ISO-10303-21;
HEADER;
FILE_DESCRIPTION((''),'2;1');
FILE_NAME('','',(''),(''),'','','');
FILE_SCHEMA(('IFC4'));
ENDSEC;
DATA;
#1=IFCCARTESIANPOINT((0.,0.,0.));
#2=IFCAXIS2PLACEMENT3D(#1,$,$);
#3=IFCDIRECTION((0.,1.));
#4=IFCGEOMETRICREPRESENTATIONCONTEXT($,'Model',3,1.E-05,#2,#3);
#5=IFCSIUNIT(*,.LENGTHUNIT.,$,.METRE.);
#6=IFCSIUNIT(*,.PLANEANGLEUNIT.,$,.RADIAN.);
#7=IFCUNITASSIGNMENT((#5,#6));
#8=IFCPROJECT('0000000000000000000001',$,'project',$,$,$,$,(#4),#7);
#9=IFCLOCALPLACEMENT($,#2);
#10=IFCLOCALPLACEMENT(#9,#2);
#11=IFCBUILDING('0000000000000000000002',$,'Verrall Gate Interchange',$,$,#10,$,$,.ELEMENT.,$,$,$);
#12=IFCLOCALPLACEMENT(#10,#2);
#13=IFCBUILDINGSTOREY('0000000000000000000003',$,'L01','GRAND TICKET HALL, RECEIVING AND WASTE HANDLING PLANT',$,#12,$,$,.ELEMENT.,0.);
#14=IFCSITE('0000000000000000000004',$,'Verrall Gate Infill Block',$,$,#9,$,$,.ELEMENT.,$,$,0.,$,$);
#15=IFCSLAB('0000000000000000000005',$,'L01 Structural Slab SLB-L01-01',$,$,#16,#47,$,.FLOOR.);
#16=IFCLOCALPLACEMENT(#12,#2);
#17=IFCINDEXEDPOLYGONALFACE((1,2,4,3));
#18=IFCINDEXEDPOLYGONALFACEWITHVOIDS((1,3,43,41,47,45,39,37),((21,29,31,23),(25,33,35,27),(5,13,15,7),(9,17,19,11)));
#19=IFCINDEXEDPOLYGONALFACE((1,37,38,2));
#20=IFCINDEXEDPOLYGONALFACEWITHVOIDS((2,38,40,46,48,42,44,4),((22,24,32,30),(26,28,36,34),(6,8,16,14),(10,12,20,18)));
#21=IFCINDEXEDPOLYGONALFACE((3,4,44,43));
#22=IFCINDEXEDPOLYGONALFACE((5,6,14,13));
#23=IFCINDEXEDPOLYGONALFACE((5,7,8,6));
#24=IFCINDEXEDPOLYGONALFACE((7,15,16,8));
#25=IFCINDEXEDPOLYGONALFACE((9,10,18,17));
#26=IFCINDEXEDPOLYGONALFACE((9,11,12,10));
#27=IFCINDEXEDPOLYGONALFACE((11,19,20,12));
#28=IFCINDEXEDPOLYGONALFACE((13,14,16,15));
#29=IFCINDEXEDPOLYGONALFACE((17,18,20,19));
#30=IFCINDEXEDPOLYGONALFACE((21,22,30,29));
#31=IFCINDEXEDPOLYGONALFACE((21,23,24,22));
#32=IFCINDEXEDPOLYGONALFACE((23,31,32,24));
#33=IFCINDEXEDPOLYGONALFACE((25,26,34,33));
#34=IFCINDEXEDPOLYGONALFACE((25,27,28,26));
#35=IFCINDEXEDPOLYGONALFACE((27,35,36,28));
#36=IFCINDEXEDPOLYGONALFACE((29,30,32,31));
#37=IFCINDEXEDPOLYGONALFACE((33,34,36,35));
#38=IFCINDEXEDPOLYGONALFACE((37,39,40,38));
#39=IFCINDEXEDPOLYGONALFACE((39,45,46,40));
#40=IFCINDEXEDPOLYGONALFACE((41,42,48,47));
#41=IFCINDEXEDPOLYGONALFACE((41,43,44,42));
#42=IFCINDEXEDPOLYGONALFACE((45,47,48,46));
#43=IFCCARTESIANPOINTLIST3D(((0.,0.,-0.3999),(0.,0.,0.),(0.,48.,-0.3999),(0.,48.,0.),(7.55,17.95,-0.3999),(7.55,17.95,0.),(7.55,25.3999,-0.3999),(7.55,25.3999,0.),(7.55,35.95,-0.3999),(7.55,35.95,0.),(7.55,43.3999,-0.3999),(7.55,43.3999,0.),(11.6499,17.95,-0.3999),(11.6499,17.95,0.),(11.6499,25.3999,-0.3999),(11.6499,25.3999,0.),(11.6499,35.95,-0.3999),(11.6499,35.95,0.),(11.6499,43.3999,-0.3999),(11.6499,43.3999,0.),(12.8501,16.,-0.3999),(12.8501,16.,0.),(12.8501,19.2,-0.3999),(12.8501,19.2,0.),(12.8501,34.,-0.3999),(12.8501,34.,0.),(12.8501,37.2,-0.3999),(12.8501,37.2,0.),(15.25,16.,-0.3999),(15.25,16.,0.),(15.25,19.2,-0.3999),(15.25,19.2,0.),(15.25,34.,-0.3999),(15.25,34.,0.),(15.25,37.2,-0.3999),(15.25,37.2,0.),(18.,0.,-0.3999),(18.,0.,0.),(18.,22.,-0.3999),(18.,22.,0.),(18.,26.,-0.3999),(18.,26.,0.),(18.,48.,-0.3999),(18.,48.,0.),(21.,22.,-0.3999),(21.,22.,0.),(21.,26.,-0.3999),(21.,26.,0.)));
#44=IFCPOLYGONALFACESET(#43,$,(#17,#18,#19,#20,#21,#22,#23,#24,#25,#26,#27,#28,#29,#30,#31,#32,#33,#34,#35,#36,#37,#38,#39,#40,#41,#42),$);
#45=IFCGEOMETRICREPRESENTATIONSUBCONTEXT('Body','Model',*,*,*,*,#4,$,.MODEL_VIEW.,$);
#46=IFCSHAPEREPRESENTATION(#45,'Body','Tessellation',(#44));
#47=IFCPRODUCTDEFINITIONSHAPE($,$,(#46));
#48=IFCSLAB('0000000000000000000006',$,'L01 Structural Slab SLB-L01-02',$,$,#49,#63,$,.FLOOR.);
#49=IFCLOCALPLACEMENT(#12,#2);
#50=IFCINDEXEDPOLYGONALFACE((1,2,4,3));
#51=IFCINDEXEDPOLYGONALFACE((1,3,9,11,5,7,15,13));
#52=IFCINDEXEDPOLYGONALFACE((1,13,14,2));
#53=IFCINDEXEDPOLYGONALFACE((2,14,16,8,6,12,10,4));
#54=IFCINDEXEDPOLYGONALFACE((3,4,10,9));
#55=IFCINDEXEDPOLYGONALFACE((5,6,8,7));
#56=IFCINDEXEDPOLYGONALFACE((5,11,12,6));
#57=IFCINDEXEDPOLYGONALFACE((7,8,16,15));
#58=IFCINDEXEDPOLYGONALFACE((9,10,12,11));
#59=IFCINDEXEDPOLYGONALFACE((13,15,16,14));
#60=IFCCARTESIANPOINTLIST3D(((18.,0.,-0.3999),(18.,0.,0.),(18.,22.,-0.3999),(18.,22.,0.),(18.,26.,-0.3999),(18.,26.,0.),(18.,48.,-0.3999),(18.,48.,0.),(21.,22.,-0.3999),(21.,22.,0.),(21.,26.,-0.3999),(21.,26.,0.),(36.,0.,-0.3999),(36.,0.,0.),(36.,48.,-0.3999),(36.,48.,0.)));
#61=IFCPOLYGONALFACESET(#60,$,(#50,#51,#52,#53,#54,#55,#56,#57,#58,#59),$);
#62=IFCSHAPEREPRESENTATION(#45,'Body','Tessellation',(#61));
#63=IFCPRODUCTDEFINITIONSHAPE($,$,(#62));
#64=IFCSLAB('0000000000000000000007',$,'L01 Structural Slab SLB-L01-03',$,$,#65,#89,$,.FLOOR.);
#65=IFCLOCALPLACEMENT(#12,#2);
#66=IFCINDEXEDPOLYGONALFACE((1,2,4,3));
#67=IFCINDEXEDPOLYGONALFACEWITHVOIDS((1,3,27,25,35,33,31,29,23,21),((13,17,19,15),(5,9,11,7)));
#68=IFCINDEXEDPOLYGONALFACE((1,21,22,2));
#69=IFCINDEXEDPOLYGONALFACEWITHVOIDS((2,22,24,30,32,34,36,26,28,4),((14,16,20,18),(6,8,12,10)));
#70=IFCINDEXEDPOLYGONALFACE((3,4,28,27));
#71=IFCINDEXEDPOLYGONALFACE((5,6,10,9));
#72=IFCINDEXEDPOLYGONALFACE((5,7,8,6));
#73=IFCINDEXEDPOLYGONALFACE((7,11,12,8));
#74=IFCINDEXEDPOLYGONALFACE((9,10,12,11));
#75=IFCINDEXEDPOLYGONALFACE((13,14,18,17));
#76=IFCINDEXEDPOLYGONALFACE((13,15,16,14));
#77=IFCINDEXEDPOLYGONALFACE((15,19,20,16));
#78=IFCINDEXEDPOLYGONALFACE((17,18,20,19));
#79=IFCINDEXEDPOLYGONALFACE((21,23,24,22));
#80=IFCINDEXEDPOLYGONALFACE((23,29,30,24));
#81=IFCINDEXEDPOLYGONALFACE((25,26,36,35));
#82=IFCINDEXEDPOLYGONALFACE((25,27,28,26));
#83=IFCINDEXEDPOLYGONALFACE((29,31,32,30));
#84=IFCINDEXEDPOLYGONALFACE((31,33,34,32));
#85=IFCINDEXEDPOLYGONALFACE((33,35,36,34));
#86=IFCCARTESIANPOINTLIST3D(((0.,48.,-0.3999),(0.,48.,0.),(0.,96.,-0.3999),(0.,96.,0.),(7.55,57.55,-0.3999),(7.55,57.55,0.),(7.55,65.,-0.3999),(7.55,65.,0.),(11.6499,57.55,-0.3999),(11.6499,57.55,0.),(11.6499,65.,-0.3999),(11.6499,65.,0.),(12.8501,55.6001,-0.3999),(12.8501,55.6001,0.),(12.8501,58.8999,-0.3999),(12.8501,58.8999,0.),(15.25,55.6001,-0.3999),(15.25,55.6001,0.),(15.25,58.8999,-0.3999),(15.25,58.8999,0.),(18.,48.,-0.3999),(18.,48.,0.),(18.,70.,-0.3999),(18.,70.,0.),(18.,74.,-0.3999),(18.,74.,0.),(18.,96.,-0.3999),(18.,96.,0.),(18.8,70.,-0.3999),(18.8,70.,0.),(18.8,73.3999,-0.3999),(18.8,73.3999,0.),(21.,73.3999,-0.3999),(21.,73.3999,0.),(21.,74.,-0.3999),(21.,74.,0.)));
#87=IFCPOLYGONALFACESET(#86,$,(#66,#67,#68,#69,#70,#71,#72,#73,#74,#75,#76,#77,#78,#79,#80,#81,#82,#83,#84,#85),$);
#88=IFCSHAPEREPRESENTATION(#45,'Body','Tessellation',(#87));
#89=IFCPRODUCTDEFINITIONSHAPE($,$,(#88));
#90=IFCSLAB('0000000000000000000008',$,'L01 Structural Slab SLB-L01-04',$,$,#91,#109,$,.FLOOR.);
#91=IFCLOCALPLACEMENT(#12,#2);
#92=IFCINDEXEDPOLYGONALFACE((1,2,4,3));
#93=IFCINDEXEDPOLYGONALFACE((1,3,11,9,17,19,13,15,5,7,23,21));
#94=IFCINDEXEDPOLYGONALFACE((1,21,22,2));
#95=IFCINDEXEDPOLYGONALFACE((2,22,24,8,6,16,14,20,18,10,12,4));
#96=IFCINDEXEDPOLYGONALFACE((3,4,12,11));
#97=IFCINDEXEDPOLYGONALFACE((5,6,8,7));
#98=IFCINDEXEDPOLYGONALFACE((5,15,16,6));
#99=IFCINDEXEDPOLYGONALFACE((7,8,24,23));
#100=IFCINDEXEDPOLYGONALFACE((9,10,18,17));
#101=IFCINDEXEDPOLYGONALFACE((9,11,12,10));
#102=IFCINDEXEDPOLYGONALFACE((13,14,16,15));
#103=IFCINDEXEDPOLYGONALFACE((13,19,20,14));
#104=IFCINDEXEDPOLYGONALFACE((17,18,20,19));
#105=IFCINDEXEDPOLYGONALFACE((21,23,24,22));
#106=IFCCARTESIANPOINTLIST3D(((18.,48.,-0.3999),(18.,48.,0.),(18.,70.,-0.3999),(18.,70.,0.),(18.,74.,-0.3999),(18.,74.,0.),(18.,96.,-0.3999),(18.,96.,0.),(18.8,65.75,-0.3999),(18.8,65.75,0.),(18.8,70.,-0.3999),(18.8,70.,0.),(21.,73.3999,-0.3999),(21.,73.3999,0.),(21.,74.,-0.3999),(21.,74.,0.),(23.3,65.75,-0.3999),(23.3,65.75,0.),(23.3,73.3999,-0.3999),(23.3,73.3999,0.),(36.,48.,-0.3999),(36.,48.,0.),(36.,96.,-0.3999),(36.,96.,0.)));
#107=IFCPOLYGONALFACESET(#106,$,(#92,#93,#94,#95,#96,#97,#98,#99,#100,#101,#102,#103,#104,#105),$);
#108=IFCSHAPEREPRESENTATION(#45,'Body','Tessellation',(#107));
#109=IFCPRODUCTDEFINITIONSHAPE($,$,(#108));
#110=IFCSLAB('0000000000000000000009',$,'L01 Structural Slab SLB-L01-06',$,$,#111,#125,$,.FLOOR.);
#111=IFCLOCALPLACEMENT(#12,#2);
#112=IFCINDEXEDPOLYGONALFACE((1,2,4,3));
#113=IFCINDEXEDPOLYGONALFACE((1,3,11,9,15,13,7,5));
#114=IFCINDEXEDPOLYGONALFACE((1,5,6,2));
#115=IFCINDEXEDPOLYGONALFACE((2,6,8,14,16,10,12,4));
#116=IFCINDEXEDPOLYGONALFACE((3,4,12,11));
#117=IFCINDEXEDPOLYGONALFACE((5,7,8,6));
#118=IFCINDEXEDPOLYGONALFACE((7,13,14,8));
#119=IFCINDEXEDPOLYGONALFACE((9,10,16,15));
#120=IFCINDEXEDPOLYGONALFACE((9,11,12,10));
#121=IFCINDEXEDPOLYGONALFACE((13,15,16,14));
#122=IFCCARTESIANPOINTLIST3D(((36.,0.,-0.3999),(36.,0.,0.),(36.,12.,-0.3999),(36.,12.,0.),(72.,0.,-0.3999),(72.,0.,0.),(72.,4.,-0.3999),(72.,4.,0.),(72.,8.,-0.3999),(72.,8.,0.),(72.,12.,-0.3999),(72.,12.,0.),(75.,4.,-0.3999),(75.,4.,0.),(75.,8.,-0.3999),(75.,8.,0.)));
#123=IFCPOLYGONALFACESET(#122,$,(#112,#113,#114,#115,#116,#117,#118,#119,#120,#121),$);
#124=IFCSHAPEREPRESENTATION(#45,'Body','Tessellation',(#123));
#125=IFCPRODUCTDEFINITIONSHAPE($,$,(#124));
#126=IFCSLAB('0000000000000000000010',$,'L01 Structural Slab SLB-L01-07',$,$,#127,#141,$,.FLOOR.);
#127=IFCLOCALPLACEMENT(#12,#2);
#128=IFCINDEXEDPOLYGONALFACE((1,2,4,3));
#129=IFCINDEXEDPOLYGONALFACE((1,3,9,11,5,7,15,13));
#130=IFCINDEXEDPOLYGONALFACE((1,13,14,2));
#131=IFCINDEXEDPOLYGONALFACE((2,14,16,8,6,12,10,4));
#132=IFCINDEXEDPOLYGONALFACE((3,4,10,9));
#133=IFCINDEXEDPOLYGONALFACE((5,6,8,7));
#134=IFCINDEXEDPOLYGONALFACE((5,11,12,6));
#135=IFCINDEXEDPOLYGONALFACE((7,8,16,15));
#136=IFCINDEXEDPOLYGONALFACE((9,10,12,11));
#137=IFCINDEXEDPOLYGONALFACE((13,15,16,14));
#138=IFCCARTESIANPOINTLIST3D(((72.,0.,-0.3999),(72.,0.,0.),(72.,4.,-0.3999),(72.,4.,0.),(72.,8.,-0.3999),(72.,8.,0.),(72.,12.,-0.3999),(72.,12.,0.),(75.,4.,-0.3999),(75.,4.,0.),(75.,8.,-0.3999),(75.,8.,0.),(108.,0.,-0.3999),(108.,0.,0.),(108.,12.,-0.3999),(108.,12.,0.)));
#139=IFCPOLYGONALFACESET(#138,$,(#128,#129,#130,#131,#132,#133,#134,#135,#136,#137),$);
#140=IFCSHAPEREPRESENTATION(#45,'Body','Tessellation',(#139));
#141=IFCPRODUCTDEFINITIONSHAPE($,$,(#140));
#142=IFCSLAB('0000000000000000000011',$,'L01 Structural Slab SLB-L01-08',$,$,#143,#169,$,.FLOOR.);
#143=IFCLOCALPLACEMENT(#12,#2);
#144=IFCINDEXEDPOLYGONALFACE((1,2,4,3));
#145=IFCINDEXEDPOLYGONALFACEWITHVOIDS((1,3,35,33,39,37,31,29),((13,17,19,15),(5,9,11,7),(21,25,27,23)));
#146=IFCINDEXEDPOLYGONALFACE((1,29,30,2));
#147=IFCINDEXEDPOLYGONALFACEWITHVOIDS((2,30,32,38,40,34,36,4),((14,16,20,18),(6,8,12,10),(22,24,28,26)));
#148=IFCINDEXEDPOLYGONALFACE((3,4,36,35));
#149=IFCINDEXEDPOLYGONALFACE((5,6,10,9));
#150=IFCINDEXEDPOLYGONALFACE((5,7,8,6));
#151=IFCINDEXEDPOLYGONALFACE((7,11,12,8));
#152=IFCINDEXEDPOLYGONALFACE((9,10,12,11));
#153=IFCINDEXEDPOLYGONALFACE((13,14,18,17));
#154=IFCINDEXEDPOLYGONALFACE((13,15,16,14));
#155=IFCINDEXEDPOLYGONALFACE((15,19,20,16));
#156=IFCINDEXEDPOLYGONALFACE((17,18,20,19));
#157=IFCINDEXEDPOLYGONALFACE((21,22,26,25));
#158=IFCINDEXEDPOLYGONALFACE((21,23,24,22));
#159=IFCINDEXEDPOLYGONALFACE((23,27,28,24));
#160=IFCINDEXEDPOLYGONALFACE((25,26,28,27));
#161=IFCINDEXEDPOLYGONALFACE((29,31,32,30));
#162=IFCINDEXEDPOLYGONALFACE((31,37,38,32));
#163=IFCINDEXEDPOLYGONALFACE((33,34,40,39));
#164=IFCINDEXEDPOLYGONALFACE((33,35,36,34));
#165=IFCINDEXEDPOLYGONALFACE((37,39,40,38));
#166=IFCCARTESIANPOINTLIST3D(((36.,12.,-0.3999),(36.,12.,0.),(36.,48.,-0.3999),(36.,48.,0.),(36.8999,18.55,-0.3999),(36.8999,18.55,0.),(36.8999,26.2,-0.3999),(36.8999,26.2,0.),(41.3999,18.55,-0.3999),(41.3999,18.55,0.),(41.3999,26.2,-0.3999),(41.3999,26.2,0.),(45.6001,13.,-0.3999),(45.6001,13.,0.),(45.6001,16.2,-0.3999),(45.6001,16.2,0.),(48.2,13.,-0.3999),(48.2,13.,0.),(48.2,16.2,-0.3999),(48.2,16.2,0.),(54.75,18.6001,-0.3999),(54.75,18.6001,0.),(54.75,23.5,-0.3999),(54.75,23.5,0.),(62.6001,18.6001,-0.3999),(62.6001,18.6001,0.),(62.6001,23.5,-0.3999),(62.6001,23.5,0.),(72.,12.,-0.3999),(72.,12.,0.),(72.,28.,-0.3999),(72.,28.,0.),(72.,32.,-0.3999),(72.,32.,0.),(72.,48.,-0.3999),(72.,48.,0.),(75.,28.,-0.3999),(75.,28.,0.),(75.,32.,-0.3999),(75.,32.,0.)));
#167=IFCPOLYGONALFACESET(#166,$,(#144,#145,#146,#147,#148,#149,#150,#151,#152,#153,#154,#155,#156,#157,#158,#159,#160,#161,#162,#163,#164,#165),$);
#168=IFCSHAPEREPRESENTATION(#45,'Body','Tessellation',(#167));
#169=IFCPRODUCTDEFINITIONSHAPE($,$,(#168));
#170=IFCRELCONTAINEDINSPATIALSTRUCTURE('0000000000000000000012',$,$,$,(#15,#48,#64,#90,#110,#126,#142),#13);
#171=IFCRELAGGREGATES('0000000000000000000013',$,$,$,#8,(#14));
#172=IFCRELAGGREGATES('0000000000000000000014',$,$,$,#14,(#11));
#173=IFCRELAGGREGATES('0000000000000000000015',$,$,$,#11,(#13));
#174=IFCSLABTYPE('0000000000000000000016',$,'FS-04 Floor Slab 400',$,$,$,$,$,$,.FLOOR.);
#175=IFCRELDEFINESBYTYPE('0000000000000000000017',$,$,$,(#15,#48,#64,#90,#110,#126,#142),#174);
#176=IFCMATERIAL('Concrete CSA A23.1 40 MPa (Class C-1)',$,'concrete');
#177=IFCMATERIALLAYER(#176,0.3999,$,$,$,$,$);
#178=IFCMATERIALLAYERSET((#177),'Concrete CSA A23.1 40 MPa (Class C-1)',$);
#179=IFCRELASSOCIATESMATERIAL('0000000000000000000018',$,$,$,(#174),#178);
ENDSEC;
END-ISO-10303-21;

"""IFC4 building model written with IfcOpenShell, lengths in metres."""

from ifc_helpers import new_model, si_unit, direction, frame, origin, place, context, subcontext, project, spatial, polyline, outline, extrude, material, layer, layer_set, type_object, element, save


model = new_model("IFC4")

# Units and contexts
model_context = context("Model", 3, precision=1e-05, world=origin(), true_north=direction((0.0, 1.0)))
body_context = subcontext(model_context, "Body", "Model", "MODEL_VIEW")
ifc_project = project(units=[si_unit("LENGTHUNIT", "METRE"), si_unit("PLANEANGLEUNIT", "RADIAN")], contexts=[model_context])

# Site, building, storey
site_placement = place(None, origin())
site = spatial("IfcSite", under=ifc_project, at=site_placement, Name="Verrall Gate Infill Block", CompositionType="ELEMENT", RefElevation=0.0)
building_placement = place(site_placement, origin())
building = spatial("IfcBuilding", under=site, at=building_placement, Name="Verrall Gate Interchange", CompositionType="ELEMENT")
storey_placement = place(building_placement, origin())
storey = spatial("IfcBuildingStorey", under=building, at=storey_placement, Name="L01", Description="GRAND TICKET HALL, RECEIVING AND WASTE HANDLING PLANT", CompositionType="ELEMENT", Elevation=0.0)

# Slabs
ifc_material_1 = material(Name="Concrete CSA A23.1 40 MPa (Class C-1)", Category="concrete")
ifc_layer_1 = layer(ifc_material_1, 0.3999)
ifc_layer_set_1 = layer_set([ifc_layer_1], Name="Concrete CSA A23.1 40 MPa (Class C-1)")
slab_type_1 = type_object("IfcSlabType", Name="FS-04 Floor Slab 400", PredefinedType="FLOOR", material=ifc_layer_set_1)
slab_1_placement = place(storey_placement, frame((0.0, 0.0, -0.3999)))
element("IfcSlab", 1, at=slab_1_placement, inside=storey, type_object=slab_type_1, Name="L01 Structural Slab SLB-L01-01", PredefinedType="FLOOR", context=body_context, shape_type="SweptSolid", body=[
    extrude(outline(polyline([(0.0, 0.0), (0.0, 48.0), (18.0, 48.0), (18.0, 26.0), (21.0, 26.0), (21.0, 22.0), (18.0, 22.0), (18.0, 0.0), (0.0, 0.0)]), holes=[polyline([(15.25, 19.2), (12.8501, 19.2), (12.8501, 16.0), (15.25, 16.0), (15.25, 19.2)]), polyline([(15.25, 37.2), (12.8501, 37.2), (12.8501, 34.0), (15.25, 34.0), (15.25, 37.2)]), polyline([(11.6499, 25.3999), (7.55, 25.3999), (7.55, 17.95), (11.6499, 17.95), (11.6499, 25.3999)]), polyline([(11.6499, 43.3999), (7.55, 43.3999), (7.55, 35.95), (11.6499, 35.95), (11.6499, 43.3999)])]), origin(), (0.0, 0.0, 1.0), 0.3999),
])
slab_2_placement = place(storey_placement, frame((0.0, 0.0, -0.3999)))
element("IfcSlab", 2, at=slab_2_placement, inside=storey, type_object=slab_type_1, Name="L01 Structural Slab SLB-L01-02", PredefinedType="FLOOR", context=body_context, shape_type="SweptSolid", body=[
    extrude(outline(polyline([(36.0, 0.0), (18.0, 0.0), (18.0, 22.0), (21.0, 22.0), (21.0, 26.0), (18.0, 26.0), (18.0, 48.0), (36.0, 48.0), (36.0, 0.0)])), origin(), (0.0, 0.0, 1.0), 0.3999),
])
slab_3_placement = place(storey_placement, frame((0.0, 0.0, -0.3999)))
element("IfcSlab", 3, at=slab_3_placement, inside=storey, type_object=slab_type_1, Name="L01 Structural Slab SLB-L01-03", PredefinedType="FLOOR", context=body_context, shape_type="SweptSolid", body=[
    extrude(outline(polyline([(0.0, 96.0), (18.0, 96.0), (18.0, 74.0), (21.0, 74.0), (21.0, 73.3999), (18.8, 73.3999), (18.8, 70.0), (18.0, 70.0), (18.0, 48.0), (0.0, 48.0), (0.0, 96.0)]), holes=[polyline([(15.25, 58.8999), (12.8501, 58.8999), (12.8501, 55.6001), (15.25, 55.6001), (15.25, 58.8999)]), polyline([(11.6499, 65.0), (7.55, 65.0), (7.55, 57.55), (11.6499, 57.55), (11.6499, 65.0)])]), origin(), (0.0, 0.0, 1.0), 0.3999),
])
slab_4_placement = place(storey_placement, frame((0.0, 0.0, -0.3999)))
element("IfcSlab", 4, at=slab_4_placement, inside=storey, type_object=slab_type_1, Name="L01 Structural Slab SLB-L01-04", PredefinedType="FLOOR", context=body_context, shape_type="SweptSolid", body=[
    extrude(outline(polyline([(36.0, 48.0), (18.0, 48.0), (18.0, 70.0), (18.8, 70.0), (18.8, 65.75), (23.3, 65.75), (23.3, 73.3999), (21.0, 73.3999), (21.0, 74.0), (18.0, 74.0), (18.0, 96.0), (36.0, 96.0), (36.0, 48.0)])), origin(), (0.0, 0.0, 1.0), 0.3999),
])
slab_5_placement = place(storey_placement, frame((0.0, 0.0, -0.3999)))
element("IfcSlab", 5, at=slab_5_placement, inside=storey, type_object=slab_type_1, Name="L01 Structural Slab SLB-L01-06", PredefinedType="FLOOR", context=body_context, shape_type="SweptSolid", body=[
    extrude(outline(polyline([(36.0, 12.0), (72.0, 12.0), (72.0, 8.0), (75.0, 8.0), (75.0, 4.0), (72.0, 4.0), (72.0, 0.0), (36.0, 0.0), (36.0, 12.0)])), origin(), (0.0, 0.0, 1.0), 0.3999),
])
slab_6_placement = place(storey_placement, frame((0.0, 0.0, -0.3999)))
element("IfcSlab", 6, at=slab_6_placement, inside=storey, type_object=slab_type_1, Name="L01 Structural Slab SLB-L01-07", PredefinedType="FLOOR", context=body_context, shape_type="SweptSolid", body=[
    extrude(outline(polyline([(108.0, 0.0), (72.0, 0.0), (72.0, 4.0), (75.0, 4.0), (75.0, 8.0), (72.0, 8.0), (72.0, 12.0), (108.0, 12.0), (108.0, 0.0)])), origin(), (0.0, 0.0, 1.0), 0.3999),
])
slab_7_placement = place(storey_placement, frame((0.0, 0.0, -0.3999)))
element("IfcSlab", 7, at=slab_7_placement, inside=storey, type_object=slab_type_1, Name="L01 Structural Slab SLB-L01-08", PredefinedType="FLOOR", context=body_context, shape_type="SweptSolid", body=[
    extrude(outline(polyline([(36.0, 48.0), (72.0, 48.0), (72.0, 32.0), (75.0, 32.0), (75.0, 28.0), (72.0, 28.0), (72.0, 12.0), (36.0, 12.0), (36.0, 48.0)]), holes=[polyline([(54.75, 23.5), (54.75, 18.6001), (62.6001, 18.6001), (62.6001, 23.5), (54.75, 23.5)]), polyline([(45.6001, 16.2), (45.6001, 13.0), (48.2, 13.0), (48.2, 16.2), (45.6001, 16.2)]), polyline([(36.8999, 26.2), (36.8999, 18.55), (41.3999, 18.55), (41.3999, 26.2), (36.8999, 26.2)])]), origin(), (0.0, 0.0, 1.0), 0.3999),
])

save(model, "model.ifc")
